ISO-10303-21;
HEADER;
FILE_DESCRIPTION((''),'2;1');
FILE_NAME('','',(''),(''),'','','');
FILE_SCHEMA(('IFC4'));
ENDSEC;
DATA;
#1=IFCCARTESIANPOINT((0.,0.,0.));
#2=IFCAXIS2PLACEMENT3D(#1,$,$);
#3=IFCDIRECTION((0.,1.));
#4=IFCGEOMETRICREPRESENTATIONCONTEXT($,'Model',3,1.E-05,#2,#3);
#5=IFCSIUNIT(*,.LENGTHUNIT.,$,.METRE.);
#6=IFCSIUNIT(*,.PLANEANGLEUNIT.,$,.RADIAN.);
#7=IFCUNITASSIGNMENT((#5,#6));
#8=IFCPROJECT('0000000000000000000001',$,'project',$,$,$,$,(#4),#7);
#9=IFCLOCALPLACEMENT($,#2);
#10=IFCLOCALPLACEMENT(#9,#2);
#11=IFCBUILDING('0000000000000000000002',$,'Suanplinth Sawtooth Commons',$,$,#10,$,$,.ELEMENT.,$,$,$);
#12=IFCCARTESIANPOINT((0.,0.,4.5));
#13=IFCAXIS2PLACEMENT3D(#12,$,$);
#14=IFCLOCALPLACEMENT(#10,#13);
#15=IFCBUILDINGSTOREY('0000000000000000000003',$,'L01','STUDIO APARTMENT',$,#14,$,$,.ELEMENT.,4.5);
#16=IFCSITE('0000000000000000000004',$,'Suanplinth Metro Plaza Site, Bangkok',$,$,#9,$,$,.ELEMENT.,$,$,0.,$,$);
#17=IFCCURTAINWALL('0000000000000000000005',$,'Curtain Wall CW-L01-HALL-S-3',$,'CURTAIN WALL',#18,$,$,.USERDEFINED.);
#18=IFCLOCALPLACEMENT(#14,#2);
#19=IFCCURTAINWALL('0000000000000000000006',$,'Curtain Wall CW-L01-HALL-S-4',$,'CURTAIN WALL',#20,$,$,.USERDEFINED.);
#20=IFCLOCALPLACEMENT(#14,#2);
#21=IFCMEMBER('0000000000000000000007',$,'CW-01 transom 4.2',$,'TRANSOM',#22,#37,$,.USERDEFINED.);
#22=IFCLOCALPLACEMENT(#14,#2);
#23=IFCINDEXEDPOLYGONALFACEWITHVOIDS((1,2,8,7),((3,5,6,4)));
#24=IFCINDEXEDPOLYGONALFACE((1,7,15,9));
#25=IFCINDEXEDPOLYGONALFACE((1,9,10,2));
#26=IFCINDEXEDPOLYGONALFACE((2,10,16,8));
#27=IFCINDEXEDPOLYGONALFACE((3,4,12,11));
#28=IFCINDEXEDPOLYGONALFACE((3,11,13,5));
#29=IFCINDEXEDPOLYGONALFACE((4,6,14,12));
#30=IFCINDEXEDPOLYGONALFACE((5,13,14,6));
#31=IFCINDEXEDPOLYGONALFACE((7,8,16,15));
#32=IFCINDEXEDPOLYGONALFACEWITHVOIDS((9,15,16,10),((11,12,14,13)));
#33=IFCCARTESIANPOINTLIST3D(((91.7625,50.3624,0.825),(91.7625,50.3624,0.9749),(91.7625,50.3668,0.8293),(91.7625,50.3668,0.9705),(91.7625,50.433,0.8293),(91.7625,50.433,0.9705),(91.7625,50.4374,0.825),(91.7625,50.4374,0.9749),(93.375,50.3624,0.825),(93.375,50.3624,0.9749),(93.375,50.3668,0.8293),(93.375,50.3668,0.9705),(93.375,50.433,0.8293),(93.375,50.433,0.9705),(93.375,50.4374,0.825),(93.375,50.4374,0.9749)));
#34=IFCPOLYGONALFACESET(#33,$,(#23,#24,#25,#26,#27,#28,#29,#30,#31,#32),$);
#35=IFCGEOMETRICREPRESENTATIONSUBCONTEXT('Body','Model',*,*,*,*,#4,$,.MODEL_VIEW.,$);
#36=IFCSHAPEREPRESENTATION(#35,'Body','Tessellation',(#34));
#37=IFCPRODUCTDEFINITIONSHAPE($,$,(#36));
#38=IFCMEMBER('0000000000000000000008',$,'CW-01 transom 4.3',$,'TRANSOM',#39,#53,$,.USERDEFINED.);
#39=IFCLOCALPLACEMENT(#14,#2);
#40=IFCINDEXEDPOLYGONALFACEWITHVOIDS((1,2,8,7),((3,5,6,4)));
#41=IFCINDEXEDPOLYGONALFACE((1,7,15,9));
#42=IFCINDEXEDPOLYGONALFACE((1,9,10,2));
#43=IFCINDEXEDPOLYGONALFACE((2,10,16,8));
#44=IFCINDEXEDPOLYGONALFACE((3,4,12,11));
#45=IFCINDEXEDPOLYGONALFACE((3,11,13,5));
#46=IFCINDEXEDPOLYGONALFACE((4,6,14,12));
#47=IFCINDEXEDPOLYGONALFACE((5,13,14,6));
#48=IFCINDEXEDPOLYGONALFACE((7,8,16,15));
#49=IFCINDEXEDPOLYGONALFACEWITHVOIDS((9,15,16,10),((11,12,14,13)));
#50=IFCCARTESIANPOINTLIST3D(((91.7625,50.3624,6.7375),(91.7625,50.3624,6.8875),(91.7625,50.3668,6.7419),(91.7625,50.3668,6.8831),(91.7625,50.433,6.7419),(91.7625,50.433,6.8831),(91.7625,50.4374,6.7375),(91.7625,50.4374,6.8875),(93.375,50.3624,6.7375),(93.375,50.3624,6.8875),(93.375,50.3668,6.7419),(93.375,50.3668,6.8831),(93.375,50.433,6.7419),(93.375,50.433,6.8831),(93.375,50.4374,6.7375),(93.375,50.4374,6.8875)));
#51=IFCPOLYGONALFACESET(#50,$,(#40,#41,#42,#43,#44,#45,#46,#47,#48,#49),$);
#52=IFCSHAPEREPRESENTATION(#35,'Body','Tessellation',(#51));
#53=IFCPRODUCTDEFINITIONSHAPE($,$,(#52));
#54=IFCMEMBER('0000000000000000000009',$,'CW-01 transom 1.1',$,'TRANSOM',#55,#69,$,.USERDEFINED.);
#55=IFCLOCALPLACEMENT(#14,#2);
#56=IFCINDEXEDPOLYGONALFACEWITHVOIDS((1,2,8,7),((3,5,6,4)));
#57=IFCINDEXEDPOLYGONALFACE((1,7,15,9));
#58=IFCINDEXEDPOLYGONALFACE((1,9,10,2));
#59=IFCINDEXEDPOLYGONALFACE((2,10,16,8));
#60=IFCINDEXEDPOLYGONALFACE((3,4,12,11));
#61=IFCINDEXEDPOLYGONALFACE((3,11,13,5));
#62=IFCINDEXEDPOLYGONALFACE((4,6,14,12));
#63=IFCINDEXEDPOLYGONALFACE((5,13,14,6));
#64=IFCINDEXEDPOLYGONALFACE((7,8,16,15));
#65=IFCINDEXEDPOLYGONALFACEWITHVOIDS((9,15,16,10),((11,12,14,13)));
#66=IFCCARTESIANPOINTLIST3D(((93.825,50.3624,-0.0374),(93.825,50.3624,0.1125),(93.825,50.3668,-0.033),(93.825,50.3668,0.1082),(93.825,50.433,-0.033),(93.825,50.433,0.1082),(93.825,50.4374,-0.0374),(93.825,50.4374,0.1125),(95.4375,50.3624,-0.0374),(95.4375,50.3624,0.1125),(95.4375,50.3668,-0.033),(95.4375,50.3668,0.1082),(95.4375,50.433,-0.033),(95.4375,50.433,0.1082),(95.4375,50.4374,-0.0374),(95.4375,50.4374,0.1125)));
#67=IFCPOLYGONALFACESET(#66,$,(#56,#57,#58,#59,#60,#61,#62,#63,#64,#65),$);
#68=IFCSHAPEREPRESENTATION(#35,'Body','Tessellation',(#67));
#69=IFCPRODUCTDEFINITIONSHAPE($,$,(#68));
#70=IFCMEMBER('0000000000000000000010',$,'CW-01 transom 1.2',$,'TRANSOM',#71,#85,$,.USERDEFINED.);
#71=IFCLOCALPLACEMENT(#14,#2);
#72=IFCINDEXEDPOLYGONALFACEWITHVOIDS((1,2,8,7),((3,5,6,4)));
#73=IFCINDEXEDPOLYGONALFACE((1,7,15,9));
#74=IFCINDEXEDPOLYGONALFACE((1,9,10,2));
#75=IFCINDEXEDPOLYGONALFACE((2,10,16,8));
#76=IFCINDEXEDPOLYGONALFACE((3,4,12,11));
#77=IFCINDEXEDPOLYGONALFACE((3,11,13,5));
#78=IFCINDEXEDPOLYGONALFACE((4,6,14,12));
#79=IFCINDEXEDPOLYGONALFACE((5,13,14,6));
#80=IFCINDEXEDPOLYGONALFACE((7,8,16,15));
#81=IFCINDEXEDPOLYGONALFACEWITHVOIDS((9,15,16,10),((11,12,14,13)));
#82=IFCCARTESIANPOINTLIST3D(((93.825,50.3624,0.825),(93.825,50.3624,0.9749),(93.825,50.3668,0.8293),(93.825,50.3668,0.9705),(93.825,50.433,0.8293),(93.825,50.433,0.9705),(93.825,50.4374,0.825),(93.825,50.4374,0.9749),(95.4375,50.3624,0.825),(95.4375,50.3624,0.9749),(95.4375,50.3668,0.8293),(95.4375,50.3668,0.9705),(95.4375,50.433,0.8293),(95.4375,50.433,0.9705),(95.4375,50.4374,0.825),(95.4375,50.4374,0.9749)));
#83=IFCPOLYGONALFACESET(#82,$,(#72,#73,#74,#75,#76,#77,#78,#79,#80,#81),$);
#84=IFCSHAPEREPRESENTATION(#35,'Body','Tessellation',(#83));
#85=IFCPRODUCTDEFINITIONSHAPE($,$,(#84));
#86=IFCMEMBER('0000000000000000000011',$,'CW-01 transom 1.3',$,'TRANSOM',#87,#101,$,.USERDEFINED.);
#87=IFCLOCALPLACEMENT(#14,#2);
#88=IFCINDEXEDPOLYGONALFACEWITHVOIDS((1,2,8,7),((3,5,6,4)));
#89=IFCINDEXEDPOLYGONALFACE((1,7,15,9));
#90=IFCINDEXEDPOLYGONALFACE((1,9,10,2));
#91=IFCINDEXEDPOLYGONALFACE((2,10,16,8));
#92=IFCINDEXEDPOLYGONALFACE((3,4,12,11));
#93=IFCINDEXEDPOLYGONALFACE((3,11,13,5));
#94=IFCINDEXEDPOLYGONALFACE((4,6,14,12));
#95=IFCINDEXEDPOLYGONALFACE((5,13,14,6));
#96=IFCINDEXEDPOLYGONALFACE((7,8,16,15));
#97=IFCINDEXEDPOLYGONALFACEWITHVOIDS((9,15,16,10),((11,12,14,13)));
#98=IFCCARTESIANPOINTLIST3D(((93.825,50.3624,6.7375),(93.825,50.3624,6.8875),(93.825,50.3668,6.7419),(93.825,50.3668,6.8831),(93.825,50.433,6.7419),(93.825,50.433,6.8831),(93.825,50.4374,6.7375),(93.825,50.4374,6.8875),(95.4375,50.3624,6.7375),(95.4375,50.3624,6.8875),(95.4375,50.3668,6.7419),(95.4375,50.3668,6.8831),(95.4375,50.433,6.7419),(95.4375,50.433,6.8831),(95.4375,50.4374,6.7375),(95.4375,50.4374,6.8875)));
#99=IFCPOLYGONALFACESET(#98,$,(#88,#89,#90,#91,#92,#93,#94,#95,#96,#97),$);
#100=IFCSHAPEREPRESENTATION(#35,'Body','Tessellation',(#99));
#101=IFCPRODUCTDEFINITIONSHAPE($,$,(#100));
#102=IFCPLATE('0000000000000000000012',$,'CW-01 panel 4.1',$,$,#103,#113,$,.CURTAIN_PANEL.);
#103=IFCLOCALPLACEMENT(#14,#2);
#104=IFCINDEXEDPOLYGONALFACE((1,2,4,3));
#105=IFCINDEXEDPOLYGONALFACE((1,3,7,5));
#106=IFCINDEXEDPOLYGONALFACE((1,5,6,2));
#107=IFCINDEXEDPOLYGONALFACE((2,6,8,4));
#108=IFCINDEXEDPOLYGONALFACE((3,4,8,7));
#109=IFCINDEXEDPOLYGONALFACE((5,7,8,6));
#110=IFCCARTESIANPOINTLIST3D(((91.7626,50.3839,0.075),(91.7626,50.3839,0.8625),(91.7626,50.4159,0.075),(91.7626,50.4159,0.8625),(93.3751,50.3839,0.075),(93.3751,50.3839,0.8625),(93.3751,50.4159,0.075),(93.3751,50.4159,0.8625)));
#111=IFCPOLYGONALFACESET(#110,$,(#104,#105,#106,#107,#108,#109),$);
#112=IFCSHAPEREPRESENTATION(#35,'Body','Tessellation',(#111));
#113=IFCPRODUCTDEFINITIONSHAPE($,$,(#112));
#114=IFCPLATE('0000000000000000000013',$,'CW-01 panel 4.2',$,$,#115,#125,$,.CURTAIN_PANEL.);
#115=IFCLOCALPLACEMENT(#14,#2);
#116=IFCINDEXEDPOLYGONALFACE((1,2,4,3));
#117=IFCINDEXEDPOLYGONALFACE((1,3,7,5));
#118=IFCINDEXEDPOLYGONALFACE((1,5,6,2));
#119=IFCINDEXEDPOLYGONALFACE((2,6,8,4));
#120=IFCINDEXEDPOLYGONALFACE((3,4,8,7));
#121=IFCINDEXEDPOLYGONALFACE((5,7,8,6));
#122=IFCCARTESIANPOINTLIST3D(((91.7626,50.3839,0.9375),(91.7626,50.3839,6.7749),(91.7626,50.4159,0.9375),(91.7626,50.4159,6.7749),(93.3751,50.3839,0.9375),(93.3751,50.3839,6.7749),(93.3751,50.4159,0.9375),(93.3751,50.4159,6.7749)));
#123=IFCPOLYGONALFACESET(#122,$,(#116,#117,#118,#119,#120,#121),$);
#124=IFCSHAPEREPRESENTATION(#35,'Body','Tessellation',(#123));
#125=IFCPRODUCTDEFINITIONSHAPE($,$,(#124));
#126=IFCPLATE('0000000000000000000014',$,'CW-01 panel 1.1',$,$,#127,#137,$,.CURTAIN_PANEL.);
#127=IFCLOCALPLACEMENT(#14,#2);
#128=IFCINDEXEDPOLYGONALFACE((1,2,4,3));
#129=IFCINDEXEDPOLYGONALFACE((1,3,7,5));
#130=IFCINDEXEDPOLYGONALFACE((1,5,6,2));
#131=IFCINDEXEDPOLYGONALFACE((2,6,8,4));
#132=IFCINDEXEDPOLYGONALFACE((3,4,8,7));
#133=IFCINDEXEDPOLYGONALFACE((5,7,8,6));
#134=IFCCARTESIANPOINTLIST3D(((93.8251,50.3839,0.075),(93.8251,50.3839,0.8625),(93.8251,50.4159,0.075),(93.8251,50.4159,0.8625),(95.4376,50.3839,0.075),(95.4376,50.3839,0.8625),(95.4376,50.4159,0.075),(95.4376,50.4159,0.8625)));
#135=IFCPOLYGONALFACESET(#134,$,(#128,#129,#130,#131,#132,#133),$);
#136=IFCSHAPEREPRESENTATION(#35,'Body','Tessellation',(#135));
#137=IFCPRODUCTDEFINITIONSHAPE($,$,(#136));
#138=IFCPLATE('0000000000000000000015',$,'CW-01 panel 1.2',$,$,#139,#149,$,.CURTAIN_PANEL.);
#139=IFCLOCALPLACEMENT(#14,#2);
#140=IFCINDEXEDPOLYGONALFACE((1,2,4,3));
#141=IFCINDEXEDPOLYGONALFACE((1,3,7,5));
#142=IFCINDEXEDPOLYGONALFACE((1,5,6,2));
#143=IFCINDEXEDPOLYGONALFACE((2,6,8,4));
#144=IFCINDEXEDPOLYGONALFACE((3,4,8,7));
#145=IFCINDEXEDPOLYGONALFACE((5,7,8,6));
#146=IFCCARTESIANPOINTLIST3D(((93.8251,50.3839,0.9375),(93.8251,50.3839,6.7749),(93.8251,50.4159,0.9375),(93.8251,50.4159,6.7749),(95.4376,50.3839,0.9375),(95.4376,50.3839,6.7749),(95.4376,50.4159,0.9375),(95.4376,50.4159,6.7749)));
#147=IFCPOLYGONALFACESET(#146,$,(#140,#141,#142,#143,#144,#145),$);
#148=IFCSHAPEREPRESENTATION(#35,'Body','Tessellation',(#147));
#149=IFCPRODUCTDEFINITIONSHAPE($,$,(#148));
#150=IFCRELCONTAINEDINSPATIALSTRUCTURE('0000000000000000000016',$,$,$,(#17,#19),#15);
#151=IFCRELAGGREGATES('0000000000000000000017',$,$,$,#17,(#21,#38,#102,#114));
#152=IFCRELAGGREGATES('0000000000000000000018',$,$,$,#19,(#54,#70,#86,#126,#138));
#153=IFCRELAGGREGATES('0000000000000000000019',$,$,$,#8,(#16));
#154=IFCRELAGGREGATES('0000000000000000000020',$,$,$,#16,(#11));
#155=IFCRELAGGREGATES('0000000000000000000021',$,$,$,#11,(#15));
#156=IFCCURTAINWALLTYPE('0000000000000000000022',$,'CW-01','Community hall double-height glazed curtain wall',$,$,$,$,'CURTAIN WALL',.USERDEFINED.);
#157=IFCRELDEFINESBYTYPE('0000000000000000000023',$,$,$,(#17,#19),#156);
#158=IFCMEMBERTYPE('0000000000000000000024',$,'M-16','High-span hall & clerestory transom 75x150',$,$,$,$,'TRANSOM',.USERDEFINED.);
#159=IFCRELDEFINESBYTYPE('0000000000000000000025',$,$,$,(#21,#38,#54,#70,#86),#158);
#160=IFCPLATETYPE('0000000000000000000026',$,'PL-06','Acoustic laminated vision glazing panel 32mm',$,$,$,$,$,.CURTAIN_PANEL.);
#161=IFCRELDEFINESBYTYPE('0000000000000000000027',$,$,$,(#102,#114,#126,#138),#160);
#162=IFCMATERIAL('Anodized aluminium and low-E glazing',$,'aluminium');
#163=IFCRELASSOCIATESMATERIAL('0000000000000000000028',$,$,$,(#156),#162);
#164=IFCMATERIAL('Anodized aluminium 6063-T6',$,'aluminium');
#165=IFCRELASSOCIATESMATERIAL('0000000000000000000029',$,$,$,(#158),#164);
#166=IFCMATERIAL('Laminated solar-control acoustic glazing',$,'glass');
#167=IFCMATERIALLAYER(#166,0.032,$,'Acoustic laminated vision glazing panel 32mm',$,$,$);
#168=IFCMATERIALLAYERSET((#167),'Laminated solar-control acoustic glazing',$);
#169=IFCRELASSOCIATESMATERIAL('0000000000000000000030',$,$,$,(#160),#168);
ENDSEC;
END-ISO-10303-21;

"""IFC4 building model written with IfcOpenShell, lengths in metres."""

from ifc_helpers import new_model, si_unit, direction, frame, origin, origin_2d, place, context, subcontext, project, spatial, rectangle, hollow_rectangle, extrude, material, layer, layer_set, material_profile, profile_set, type_object, element, aggregate, save


model = new_model("IFC4")

# Units and contexts
model_context = context("Model", 3, precision=1e-05, world=origin(), true_north=direction((0.0, 1.0)))
body_context = subcontext(model_context, "Body", "Model", "MODEL_VIEW")
ifc_project = project(units=[si_unit("LENGTHUNIT", "METRE"), si_unit("PLANEANGLEUNIT", "RADIAN")], contexts=[model_context])

# Site, building, storey
site_placement = place(None, origin())
site = spatial("IfcSite", under=ifc_project, at=site_placement, Name="Suanplinth Metro Plaza Site, Bangkok", CompositionType="ELEMENT", RefElevation=0.0)
building_placement = place(site_placement, origin())
building = spatial("IfcBuilding", under=site, at=building_placement, Name="Suanplinth Sawtooth Commons", CompositionType="ELEMENT")
storey_placement = place(building_placement, frame((0.0, 0.0, 4.5)))
storey = spatial("IfcBuildingStorey", under=building, at=storey_placement, Name="L01", Description="STUDIO APARTMENT", CompositionType="ELEMENT", Elevation=4.5)

# Curtain wall
ifc_material_1 = material(Name="Anodized aluminium and low-E glazing", Category="aluminium")
curtain_wall_type = type_object("IfcCurtainWallType", Name="CW-01", Description="Community hall double-height glazed curtain wall", ElementType="CURTAIN WALL", PredefinedType="USERDEFINED", material=ifc_material_1)
curtain_wall_1_placement = place(storey_placement, origin())
curtain_wall_1 = element("IfcCurtainWall", 1, at=curtain_wall_1_placement, inside=storey, type_object=curtain_wall_type, Name="Curtain Wall CW-L01-HALL-S-3", ObjectType="CURTAIN WALL", PredefinedType="USERDEFINED")
ifc_material_2 = material(Name="Anodized aluminium 6063-T6", Category="aluminium")

# Curtain wall
curtain_wall_2_placement = place(storey_placement, origin())
curtain_wall_2 = element("IfcCurtainWall", 2, at=curtain_wall_2_placement, inside=storey, type_object=curtain_wall_type, Name="Curtain Wall CW-L01-HALL-S-4", ObjectType="CURTAIN WALL", PredefinedType="USERDEFINED")

# Members
ifc_material_profile_1 = material_profile(ifc_material_2, hollow_rectangle(XDim=0.075, YDim=0.1499, WallThickness=0.0044, at=origin_2d()), Name="ALU-TRN 75x150")
ifc_profile_set_1 = profile_set([ifc_material_profile_1], Name="Anodized aluminium 6063-T6")
member_type_1 = type_object("IfcMemberType", Name="M-16", Description="High-span hall & clerestory transom 75x150", ElementType="TRANSOM", PredefinedType="USERDEFINED", material=ifc_profile_set_1)
member_1_placement = place(storey_placement, frame((91.7625, 50.3999, 0.8999), z_axis=(1.0, 0.0, 0.0), x_axis=(0.0, 1.0, 0.0)))
member_1 = element("IfcMember", 3, at=member_1_placement, type_object=member_type_1, Name="CW-01 transom 4.2", ObjectType="TRANSOM", PredefinedType="USERDEFINED", context=body_context, shape_type="SweptSolid", body=[
    extrude(hollow_rectangle(XDim=0.075, YDim=0.1499, WallThickness=0.0044, at=origin_2d()), origin(), (0.0, 0.0, 1.0), 1.6125),
])
member_2_placement = place(storey_placement, frame((91.7625, 50.3999, 6.8125), z_axis=(1.0, 0.0, 0.0), x_axis=(0.0, 1.0, 0.0)))
member_2 = element("IfcMember", 4, at=member_2_placement, type_object=member_type_1, Name="CW-01 transom 4.3", ObjectType="TRANSOM", PredefinedType="USERDEFINED", context=body_context, shape_type="SweptSolid", body=[
    extrude(hollow_rectangle(XDim=0.075, YDim=0.1499, WallThickness=0.0044, at=origin_2d()), origin(), (0.0, 0.0, 1.0), 1.6125),
])
member_3_placement = place(storey_placement, frame((93.825, 50.3999, 0.0376), z_axis=(1.0, 0.0, 0.0), x_axis=(0.0, 1.0, 0.0)))
member_3 = element("IfcMember", 5, at=member_3_placement, type_object=member_type_1, Name="CW-01 transom 1.1", ObjectType="TRANSOM", PredefinedType="USERDEFINED", context=body_context, shape_type="SweptSolid", body=[
    extrude(hollow_rectangle(XDim=0.075, YDim=0.1499, WallThickness=0.0044, at=origin_2d()), origin(), (0.0, 0.0, 1.0), 1.6125),
])
member_4_placement = place(storey_placement, frame((93.825, 50.3999, 0.8999), z_axis=(1.0, 0.0, 0.0), x_axis=(0.0, 1.0, 0.0)))
member_4 = element("IfcMember", 6, at=member_4_placement, type_object=member_type_1, Name="CW-01 transom 1.2", ObjectType="TRANSOM", PredefinedType="USERDEFINED", context=body_context, shape_type="SweptSolid", body=[
    extrude(hollow_rectangle(XDim=0.075, YDim=0.1499, WallThickness=0.0044, at=origin_2d()), origin(), (0.0, 0.0, 1.0), 1.6125),
])
member_5_placement = place(storey_placement, frame((93.825, 50.3999, 6.8125), z_axis=(1.0, 0.0, 0.0), x_axis=(0.0, 1.0, 0.0)))
member_5 = element("IfcMember", 7, at=member_5_placement, type_object=member_type_1, Name="CW-01 transom 1.3", ObjectType="TRANSOM", PredefinedType="USERDEFINED", context=body_context, shape_type="SweptSolid", body=[
    extrude(hollow_rectangle(XDim=0.075, YDim=0.1499, WallThickness=0.0044, at=origin_2d()), origin(), (0.0, 0.0, 1.0), 1.6125),
])

# Plates
ifc_material_3 = material(Name="Laminated solar-control acoustic glazing", Category="glass")
ifc_layer = layer(ifc_material_3, 0.032, Name="Acoustic laminated vision glazing panel 32mm")
ifc_layer_set = layer_set([ifc_layer], Name="Laminated solar-control acoustic glazing")
plate_type = type_object("IfcPlateType", Name="PL-06", Description="Acoustic laminated vision glazing panel 32mm", PredefinedType="CURTAIN_PANEL", material=ifc_layer_set)
plate_1_placement = place(storey_placement, frame((92.5688, 50.3999, 0.075), z_axis=(0.0, 0.0, 1.0), x_axis=(1.0, 0.0, 0.0)))
plate_1 = element("IfcPlate", 8, at=plate_1_placement, type_object=plate_type, Name="CW-01 panel 4.1", PredefinedType="CURTAIN_PANEL", context=body_context, shape_type="SweptSolid", body=[
    extrude(rectangle(XDim=1.6125, YDim=0.032, at=origin_2d()), origin(), (0.0, 0.0, 1.0), 0.7876),
])
plate_2_placement = place(storey_placement, frame((92.5688, 50.3999, 0.9375), z_axis=(0.0, 0.0, 1.0), x_axis=(1.0, 0.0, 0.0)))
plate_2 = element("IfcPlate", 9, at=plate_2_placement, type_object=plate_type, Name="CW-01 panel 4.2", PredefinedType="CURTAIN_PANEL", context=body_context, shape_type="SweptSolid", body=[
    extrude(rectangle(XDim=1.6125, YDim=0.032, at=origin_2d()), origin(), (0.0, 0.0, 1.0), 5.8374),
])
aggregate(curtain_wall_1, [member_1, member_2, plate_1, plate_2])
plate_3_placement = place(storey_placement, frame((94.6313, 50.3999, 0.075), z_axis=(0.0, 0.0, 1.0), x_axis=(1.0, 0.0, 0.0)))
plate_3 = element("IfcPlate", 10, at=plate_3_placement, type_object=plate_type, Name="CW-01 panel 1.1", PredefinedType="CURTAIN_PANEL", context=body_context, shape_type="SweptSolid", body=[
    extrude(rectangle(XDim=1.6125, YDim=0.032, at=origin_2d()), origin(), (0.0, 0.0, 1.0), 0.7876),
])
plate_4_placement = place(storey_placement, frame((94.6313, 50.3999, 0.9375), z_axis=(0.0, 0.0, 1.0), x_axis=(1.0, 0.0, 0.0)))
plate_4 = element("IfcPlate", 11, at=plate_4_placement, type_object=plate_type, Name="CW-01 panel 1.2", PredefinedType="CURTAIN_PANEL", context=body_context, shape_type="SweptSolid", body=[
    extrude(rectangle(XDim=1.6125, YDim=0.032, at=origin_2d()), origin(), (0.0, 0.0, 1.0), 5.8374),
])
aggregate(curtain_wall_2, [member_3, member_4, member_5, plate_3, plate_4])

save(model, "model.ifc")
